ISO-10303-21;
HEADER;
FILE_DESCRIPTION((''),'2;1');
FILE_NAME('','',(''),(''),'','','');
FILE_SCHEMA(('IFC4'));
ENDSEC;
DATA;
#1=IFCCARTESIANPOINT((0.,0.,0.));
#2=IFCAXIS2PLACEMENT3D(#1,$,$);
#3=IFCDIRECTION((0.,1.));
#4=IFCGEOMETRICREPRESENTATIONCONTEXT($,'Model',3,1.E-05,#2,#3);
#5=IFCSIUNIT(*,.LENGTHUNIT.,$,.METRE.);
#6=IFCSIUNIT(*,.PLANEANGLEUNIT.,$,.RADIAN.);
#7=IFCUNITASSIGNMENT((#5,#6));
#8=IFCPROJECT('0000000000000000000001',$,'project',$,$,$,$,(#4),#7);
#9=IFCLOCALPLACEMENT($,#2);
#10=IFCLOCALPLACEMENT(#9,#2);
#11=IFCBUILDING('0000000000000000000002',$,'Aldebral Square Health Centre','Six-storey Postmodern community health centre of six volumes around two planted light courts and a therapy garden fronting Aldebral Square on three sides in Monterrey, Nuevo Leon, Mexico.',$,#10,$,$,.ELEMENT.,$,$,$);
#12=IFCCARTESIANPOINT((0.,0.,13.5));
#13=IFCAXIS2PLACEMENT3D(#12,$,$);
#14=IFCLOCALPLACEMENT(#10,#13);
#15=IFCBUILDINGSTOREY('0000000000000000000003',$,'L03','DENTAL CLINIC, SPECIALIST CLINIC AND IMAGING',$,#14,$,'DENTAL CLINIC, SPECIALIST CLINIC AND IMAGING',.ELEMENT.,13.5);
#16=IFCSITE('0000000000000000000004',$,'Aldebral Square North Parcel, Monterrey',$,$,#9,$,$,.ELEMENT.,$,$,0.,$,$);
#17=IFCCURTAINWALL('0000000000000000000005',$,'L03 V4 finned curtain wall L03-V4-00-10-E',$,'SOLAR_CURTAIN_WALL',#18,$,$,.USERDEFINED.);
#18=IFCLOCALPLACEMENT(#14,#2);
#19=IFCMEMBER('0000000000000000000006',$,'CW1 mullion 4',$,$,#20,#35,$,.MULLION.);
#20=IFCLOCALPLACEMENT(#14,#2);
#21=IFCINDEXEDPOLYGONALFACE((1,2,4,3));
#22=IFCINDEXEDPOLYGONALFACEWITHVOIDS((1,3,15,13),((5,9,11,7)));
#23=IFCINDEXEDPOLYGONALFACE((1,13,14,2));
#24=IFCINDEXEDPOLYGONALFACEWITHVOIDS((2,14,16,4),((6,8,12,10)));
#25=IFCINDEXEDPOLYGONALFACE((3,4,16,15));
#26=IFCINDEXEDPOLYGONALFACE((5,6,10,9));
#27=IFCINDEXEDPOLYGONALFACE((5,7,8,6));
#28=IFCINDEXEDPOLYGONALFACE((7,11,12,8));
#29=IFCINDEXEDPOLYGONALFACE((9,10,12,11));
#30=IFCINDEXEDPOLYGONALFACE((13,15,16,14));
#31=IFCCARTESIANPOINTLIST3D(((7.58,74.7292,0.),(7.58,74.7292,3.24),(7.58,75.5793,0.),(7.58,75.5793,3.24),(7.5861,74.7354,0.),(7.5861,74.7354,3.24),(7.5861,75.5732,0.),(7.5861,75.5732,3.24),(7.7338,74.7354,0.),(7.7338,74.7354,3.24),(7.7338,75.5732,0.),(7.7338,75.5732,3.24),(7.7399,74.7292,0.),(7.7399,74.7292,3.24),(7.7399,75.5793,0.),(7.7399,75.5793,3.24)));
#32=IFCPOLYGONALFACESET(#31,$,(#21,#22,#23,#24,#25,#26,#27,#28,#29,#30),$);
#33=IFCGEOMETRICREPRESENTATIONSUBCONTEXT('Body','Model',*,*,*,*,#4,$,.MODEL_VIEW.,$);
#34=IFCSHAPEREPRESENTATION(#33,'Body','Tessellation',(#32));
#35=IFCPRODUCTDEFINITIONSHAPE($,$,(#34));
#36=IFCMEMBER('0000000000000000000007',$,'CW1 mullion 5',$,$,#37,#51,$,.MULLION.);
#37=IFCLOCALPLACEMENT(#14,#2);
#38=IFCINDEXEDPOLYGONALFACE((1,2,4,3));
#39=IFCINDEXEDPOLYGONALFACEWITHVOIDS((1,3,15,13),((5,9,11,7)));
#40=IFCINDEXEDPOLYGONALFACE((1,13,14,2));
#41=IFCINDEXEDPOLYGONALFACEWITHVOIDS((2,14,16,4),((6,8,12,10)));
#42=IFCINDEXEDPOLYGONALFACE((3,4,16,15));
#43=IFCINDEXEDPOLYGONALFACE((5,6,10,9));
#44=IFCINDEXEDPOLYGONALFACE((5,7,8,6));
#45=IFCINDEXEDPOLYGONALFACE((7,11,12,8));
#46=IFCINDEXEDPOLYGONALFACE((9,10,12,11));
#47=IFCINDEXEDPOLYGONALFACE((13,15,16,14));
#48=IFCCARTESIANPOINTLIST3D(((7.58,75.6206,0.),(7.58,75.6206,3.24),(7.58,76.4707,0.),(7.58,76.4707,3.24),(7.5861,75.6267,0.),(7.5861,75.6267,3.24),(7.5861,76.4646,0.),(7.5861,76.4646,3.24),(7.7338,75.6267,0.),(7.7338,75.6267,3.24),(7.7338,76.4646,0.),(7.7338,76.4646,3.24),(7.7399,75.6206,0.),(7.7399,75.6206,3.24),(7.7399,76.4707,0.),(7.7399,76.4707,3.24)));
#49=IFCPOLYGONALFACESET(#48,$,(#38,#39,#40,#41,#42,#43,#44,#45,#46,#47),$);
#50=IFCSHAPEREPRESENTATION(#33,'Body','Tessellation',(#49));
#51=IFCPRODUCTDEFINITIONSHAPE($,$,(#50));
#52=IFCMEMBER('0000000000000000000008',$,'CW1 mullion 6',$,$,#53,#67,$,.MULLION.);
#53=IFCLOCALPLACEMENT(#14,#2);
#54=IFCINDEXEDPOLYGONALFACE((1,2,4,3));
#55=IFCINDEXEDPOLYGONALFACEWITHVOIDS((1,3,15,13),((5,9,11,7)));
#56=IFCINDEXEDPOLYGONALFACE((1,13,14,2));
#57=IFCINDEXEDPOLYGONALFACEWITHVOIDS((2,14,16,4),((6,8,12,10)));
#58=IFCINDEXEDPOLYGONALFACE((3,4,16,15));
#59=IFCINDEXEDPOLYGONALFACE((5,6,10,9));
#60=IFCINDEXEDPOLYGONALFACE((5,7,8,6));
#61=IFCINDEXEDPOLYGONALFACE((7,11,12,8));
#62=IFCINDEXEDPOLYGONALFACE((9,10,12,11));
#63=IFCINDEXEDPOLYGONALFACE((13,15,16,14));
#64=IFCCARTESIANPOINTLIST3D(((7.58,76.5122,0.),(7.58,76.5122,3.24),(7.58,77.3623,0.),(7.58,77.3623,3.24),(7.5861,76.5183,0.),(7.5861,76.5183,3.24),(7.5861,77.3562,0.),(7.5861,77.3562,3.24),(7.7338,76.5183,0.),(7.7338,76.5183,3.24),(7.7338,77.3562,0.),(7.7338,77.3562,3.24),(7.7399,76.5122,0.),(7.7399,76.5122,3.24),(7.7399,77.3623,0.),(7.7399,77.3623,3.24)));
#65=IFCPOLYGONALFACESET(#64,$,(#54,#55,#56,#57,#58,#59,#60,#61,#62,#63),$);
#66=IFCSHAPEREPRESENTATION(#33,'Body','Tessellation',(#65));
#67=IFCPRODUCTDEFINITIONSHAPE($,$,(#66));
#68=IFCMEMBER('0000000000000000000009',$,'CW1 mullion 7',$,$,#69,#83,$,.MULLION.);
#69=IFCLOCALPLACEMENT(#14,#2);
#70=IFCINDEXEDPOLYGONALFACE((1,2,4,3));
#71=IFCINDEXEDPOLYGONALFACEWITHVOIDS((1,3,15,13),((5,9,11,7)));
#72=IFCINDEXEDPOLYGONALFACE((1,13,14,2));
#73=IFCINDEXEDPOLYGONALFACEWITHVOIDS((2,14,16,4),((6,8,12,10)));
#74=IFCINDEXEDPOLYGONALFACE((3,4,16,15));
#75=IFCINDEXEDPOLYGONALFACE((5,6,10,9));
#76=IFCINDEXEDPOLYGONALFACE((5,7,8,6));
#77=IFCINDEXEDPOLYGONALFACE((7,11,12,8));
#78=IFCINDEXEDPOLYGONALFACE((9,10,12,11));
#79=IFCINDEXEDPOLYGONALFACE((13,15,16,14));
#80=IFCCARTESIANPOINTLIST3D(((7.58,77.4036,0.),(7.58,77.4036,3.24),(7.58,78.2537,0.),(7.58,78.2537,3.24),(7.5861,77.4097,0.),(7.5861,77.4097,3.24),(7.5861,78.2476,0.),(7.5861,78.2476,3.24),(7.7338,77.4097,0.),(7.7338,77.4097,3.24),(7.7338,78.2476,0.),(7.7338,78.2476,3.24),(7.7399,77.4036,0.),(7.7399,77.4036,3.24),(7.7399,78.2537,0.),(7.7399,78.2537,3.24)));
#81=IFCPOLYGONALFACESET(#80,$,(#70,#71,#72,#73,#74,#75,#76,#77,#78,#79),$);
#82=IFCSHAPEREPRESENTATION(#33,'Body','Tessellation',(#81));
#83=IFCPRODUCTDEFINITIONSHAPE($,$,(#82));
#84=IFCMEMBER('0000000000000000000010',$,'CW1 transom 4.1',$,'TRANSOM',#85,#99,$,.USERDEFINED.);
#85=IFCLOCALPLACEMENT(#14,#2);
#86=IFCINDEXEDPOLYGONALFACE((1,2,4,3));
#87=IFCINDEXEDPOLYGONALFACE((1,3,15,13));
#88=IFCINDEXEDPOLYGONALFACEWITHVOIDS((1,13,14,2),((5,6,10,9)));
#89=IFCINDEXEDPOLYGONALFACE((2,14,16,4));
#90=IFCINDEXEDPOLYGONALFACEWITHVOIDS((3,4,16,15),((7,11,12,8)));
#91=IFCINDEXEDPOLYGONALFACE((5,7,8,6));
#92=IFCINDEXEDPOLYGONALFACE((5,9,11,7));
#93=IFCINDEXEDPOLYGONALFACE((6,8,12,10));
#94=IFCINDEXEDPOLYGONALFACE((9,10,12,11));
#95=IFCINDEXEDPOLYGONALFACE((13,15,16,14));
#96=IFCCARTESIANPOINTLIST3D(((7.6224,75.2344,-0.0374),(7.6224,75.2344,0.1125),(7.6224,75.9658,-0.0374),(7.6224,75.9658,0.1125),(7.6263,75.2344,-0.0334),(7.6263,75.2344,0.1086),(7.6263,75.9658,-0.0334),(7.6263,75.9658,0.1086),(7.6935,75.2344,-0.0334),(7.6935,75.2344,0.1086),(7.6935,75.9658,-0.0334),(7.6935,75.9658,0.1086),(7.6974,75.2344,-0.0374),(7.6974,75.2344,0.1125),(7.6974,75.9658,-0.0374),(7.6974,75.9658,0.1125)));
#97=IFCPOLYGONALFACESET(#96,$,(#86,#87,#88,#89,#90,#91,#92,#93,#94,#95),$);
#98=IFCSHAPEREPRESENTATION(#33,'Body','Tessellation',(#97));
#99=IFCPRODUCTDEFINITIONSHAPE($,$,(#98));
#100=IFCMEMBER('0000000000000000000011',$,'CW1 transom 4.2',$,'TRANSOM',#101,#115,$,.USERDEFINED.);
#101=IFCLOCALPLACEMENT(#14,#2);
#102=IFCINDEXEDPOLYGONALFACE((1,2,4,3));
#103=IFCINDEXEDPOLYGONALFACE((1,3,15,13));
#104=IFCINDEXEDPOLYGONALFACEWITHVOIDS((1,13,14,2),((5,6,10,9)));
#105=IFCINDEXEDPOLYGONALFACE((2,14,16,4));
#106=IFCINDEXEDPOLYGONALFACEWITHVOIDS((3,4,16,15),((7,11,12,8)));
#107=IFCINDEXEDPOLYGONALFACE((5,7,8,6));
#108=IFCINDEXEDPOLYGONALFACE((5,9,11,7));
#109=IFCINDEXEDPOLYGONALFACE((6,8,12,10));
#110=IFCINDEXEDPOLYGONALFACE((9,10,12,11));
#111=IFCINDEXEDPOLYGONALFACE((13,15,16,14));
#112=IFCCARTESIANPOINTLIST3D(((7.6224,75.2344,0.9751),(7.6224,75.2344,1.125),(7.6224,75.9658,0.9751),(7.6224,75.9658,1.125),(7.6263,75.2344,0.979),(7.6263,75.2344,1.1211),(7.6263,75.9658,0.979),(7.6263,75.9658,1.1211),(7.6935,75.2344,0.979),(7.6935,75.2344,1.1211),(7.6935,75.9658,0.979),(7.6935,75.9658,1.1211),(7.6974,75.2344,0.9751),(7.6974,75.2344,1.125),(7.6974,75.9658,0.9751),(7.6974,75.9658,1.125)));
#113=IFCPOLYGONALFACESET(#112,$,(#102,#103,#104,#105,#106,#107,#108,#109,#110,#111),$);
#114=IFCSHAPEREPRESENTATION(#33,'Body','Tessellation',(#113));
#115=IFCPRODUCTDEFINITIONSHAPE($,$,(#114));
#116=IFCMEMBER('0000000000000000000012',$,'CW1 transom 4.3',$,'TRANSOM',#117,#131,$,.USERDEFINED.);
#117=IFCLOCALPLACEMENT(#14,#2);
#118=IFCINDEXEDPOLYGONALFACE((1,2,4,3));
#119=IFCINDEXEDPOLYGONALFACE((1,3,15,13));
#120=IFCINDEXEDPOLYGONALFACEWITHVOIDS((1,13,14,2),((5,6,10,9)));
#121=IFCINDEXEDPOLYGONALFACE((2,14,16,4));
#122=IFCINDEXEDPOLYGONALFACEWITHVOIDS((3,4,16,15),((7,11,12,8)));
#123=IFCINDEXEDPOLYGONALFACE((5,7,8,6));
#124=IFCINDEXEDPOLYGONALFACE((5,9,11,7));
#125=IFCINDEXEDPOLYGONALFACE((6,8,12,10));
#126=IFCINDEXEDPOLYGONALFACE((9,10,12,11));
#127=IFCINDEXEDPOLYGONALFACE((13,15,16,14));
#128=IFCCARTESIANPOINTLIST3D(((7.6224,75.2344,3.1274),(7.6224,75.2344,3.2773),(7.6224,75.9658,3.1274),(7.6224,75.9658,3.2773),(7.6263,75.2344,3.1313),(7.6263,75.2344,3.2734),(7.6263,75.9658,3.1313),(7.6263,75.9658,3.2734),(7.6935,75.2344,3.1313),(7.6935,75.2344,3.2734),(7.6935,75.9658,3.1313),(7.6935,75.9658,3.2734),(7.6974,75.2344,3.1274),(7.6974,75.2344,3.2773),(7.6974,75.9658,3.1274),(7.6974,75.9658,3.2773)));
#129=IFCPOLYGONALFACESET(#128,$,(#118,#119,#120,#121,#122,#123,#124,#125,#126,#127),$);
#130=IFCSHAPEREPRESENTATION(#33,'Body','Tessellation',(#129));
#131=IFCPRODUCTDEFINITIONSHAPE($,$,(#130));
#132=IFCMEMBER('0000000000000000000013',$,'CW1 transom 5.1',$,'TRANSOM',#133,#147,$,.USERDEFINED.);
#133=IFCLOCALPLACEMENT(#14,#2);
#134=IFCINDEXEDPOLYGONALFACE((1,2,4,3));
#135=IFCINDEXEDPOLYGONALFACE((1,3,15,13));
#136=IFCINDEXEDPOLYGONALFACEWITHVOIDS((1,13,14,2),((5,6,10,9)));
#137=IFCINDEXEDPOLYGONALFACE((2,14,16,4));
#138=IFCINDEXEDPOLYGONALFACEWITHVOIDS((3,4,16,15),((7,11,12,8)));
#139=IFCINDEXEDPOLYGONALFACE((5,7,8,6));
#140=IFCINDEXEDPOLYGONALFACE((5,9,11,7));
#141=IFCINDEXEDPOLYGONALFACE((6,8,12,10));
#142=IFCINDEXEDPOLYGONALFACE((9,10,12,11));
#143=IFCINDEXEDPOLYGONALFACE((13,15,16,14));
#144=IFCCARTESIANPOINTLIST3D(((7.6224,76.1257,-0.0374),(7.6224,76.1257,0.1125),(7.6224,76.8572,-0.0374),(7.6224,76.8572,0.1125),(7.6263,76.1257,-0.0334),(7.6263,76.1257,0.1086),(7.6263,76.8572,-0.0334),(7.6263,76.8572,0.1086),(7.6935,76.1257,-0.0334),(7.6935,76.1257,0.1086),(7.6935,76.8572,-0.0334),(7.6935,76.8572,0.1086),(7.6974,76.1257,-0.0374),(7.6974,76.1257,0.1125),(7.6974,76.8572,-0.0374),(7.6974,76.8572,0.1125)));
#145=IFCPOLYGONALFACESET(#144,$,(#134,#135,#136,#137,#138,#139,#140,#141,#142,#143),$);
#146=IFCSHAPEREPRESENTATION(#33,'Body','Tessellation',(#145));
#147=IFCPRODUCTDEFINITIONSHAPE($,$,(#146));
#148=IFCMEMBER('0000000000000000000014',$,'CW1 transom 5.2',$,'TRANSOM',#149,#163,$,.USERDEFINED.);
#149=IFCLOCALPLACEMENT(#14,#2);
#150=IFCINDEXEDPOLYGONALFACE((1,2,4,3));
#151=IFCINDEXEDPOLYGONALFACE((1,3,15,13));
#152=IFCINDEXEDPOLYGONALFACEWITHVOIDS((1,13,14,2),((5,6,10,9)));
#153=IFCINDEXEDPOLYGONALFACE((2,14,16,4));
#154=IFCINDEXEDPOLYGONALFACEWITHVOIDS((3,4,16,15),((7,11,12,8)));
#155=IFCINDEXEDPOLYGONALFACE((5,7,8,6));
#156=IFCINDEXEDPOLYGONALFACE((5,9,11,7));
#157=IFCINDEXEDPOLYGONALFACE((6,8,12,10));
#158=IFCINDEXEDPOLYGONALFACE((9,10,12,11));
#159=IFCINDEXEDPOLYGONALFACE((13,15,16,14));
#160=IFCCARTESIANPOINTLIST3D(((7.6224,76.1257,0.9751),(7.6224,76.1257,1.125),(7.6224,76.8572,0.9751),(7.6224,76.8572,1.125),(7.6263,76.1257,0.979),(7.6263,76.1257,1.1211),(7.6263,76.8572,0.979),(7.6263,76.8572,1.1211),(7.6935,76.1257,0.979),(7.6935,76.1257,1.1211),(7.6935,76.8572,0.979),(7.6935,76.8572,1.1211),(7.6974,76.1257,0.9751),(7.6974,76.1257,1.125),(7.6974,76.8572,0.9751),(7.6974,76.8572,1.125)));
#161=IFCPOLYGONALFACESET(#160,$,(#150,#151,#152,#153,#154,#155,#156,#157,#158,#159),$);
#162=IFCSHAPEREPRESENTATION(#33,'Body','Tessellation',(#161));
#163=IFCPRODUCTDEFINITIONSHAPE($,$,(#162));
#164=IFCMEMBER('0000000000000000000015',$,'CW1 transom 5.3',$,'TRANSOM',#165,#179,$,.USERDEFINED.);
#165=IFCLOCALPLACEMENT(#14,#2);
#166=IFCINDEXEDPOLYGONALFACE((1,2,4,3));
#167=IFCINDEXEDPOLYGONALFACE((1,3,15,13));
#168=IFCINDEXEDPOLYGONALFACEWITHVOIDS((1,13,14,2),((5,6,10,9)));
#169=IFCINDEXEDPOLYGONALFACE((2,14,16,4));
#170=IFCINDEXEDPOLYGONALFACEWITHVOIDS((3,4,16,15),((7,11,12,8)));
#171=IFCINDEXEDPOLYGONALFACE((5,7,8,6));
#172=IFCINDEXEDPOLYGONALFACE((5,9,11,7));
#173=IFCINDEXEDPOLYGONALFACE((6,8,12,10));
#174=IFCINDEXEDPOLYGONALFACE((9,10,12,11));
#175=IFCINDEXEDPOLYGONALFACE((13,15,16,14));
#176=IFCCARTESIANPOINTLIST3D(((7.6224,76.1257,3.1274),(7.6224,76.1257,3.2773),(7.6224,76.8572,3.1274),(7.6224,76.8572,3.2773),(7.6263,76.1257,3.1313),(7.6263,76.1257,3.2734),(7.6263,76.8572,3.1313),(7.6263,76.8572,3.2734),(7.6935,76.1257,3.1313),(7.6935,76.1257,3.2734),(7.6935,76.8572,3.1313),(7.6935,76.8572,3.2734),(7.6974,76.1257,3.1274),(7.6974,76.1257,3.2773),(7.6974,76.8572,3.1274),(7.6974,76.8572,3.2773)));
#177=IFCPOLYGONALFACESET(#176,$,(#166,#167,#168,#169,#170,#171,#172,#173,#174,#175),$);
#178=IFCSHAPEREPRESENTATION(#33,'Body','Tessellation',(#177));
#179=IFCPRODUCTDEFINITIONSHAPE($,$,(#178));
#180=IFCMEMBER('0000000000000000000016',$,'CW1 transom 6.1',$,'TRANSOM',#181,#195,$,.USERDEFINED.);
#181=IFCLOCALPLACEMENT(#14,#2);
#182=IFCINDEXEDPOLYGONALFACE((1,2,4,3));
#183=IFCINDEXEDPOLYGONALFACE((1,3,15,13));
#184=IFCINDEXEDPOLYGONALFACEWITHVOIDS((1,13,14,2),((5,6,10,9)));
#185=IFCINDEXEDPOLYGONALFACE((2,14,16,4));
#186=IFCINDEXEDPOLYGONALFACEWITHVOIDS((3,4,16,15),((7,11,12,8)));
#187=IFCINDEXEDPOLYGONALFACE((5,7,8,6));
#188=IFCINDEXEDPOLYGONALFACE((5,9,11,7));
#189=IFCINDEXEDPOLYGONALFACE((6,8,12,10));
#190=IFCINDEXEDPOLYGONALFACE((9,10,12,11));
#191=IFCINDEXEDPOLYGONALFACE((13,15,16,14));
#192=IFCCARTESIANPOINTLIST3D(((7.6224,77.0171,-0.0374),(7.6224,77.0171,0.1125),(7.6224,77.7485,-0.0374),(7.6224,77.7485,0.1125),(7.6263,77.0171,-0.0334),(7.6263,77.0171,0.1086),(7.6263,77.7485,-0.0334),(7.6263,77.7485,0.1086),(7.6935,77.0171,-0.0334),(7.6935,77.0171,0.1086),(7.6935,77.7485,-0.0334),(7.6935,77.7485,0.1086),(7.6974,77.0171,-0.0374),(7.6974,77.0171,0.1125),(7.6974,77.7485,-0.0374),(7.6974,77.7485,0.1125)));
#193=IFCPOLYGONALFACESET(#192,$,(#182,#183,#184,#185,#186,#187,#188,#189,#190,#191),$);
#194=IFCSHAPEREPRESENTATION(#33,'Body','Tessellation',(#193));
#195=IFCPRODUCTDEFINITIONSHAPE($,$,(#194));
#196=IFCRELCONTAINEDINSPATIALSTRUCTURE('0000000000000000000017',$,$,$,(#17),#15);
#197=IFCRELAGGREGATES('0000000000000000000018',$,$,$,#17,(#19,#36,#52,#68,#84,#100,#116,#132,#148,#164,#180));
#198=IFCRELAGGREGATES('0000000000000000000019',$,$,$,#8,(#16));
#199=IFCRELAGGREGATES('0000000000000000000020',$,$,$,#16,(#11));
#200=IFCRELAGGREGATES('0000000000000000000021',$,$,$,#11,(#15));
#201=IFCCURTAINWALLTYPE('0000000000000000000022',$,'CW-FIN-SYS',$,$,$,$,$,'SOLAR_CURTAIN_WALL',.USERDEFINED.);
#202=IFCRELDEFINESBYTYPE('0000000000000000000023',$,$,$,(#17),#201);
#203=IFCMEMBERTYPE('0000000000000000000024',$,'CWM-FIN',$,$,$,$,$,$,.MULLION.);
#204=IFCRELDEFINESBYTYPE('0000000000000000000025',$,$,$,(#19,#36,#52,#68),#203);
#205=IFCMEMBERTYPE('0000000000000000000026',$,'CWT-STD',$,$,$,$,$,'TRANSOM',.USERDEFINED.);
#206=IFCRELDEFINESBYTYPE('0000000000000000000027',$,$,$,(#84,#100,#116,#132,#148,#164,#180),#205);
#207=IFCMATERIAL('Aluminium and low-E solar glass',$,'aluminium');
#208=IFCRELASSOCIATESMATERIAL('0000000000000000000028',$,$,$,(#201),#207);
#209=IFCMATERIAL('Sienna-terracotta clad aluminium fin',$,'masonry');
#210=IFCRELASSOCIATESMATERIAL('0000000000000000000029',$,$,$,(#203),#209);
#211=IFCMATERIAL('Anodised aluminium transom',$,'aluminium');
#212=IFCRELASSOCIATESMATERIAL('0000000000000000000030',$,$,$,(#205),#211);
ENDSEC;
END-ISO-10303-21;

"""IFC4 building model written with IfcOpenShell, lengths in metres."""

from ifc_helpers import new_model, si_unit, direction, frame, origin, origin_2d, place, context, subcontext, project, spatial, hollow_rectangle, extrude, material, material_profile, profile_set, type_object, element, aggregate, save


model = new_model("IFC4")

# Units and contexts
model_context = context("Model", 3, precision=1e-05, world=origin(), true_north=direction((0.0, 1.0)))
body_context = subcontext(model_context, "Body", "Model", "MODEL_VIEW")
ifc_project = project(units=[si_unit("LENGTHUNIT", "METRE"), si_unit("PLANEANGLEUNIT", "RADIAN")], contexts=[model_context])

# Site, building, storey
site_placement = place(None, origin())
site = spatial("IfcSite", under=ifc_project, at=site_placement, Name="Aldebral Square North Parcel, Monterrey", CompositionType="ELEMENT", RefElevation=0.0)
building_placement = place(site_placement, origin())
building = spatial("IfcBuilding", under=site, at=building_placement, Name="Aldebral Square Health Centre", Description="Six-storey Postmodern community health centre of six volumes around two planted light courts and a therapy garden fronting Aldebral Square on three sides in Monterrey, Nuevo Leon, Mexico.", CompositionType="ELEMENT")
storey_placement = place(building_placement, frame((0.0, 0.0, 13.5)))
storey = spatial("IfcBuildingStorey", under=building, at=storey_placement, Name="L03", Description="DENTAL CLINIC, SPECIALIST CLINIC AND IMAGING", LongName="DENTAL CLINIC, SPECIALIST CLINIC AND IMAGING", CompositionType="ELEMENT", Elevation=13.5)

# Curtain wall, members
ifc_material_1 = material(Name="Aluminium and low-E solar glass", Category="aluminium")
curtain_wall_type = type_object("IfcCurtainWallType", Name="CW-FIN-SYS", ElementType="SOLAR_CURTAIN_WALL", PredefinedType="USERDEFINED", material=ifc_material_1)
curtain_wall_1_placement = place(storey_placement, origin())
curtain_wall_1 = element("IfcCurtainWall", 1, at=curtain_wall_1_placement, inside=storey, type_object=curtain_wall_type, Name="L03 V4 finned curtain wall L03-V4-00-10-E", ObjectType="SOLAR_CURTAIN_WALL", PredefinedType="USERDEFINED")
ifc_material_2 = material(Name="Sienna-terracotta clad aluminium fin", Category="masonry")
ifc_material_profile_1 = material_profile(ifc_material_2, hollow_rectangle(XDim=0.1599, YDim=0.8501, WallThickness=0.0061, at=origin_2d()), Name="FIN 160x850x6")
ifc_profile_set_1 = profile_set([ifc_material_profile_1], Name="Sienna-terracotta clad aluminium fin")
member_type_1 = type_object("IfcMemberType", Name="CWM-FIN", PredefinedType="MULLION", material=ifc_profile_set_1)
member_1_placement = place(storey_placement, frame((7.6599, 75.1543, 0.0), z_axis=(0.0, 0.0, 1.0), x_axis=(-1.0, 0.0, 0.0)))
member_1 = element("IfcMember", 2, at=member_1_placement, type_object=member_type_1, Name="CW1 mullion 4", PredefinedType="MULLION", context=body_context, shape_type="SweptSolid", body=[
    extrude(hollow_rectangle(XDim=0.1599, YDim=0.8501, WallThickness=0.0061, at=origin_2d()), origin(), (0.0, 0.0, 1.0), 3.24),
])
member_2_placement = place(storey_placement, frame((7.6599, 76.0457, 0.0), z_axis=(0.0, 0.0, 1.0), x_axis=(-1.0, 0.0, 0.0)))
member_2 = element("IfcMember", 3, at=member_2_placement, type_object=member_type_1, Name="CW1 mullion 5", PredefinedType="MULLION", context=body_context, shape_type="SweptSolid", body=[
    extrude(hollow_rectangle(XDim=0.1599, YDim=0.8501, WallThickness=0.0061, at=origin_2d()), origin(), (0.0, 0.0, 1.0), 3.24),
])
member_3_placement = place(storey_placement, frame((7.6599, 76.9373, 0.0), z_axis=(0.0, 0.0, 1.0), x_axis=(-1.0, 0.0, 0.0)))
member_3 = element("IfcMember", 4, at=member_3_placement, type_object=member_type_1, Name="CW1 mullion 6", PredefinedType="MULLION", context=body_context, shape_type="SweptSolid", body=[
    extrude(hollow_rectangle(XDim=0.1599, YDim=0.8501, WallThickness=0.0061, at=origin_2d()), origin(), (0.0, 0.0, 1.0), 3.24),
])
member_4_placement = place(storey_placement, frame((7.6599, 77.8286, 0.0), z_axis=(0.0, 0.0, 1.0), x_axis=(-1.0, 0.0, 0.0)))
member_4 = element("IfcMember", 5, at=member_4_placement, type_object=member_type_1, Name="CW1 mullion 7", PredefinedType="MULLION", context=body_context, shape_type="SweptSolid", body=[
    extrude(hollow_rectangle(XDim=0.1599, YDim=0.8501, WallThickness=0.0061, at=origin_2d()), origin(), (0.0, 0.0, 1.0), 3.24),
])
ifc_material_3 = material(Name="Anodised aluminium transom", Category="aluminium")
ifc_material_profile_2 = material_profile(ifc_material_3, hollow_rectangle(XDim=0.075, YDim=0.1499, WallThickness=0.0039, at=origin_2d()), Name="CWT 75x150x4")
ifc_profile_set_2 = profile_set([ifc_material_profile_2], Name="Anodised aluminium transom")
member_type_2 = type_object("IfcMemberType", Name="CWT-STD", ElementType="TRANSOM", PredefinedType="USERDEFINED", material=ifc_profile_set_2)
member_5_placement = place(storey_placement, frame((7.6599, 75.2344, 0.0376), z_axis=(0.0, 1.0, 0.0), x_axis=(-1.0, 0.0, 0.0)))
member_5 = element("IfcMember", 6, at=member_5_placement, type_object=member_type_2, Name="CW1 transom 4.1", ObjectType="TRANSOM", PredefinedType="USERDEFINED", context=body_context, shape_type="SweptSolid", body=[
    extrude(hollow_rectangle(XDim=0.075, YDim=0.1499, WallThickness=0.0039, at=origin_2d()), origin(), (0.0, 0.0, 1.0), 0.7314),
])
member_6_placement = place(storey_placement, frame((7.6599, 75.2344, 1.05), z_axis=(0.0, 1.0, 0.0), x_axis=(-1.0, 0.0, 0.0)))
member_6 = element("IfcMember", 7, at=member_6_placement, type_object=member_type_2, Name="CW1 transom 4.2", ObjectType="TRANSOM", PredefinedType="USERDEFINED", context=body_context, shape_type="SweptSolid", body=[
    extrude(hollow_rectangle(XDim=0.075, YDim=0.1499, WallThickness=0.0039, at=origin_2d()), origin(), (0.0, 0.0, 1.0), 0.7314),
])
member_7_placement = place(storey_placement, frame((7.6599, 75.2344, 3.2024), z_axis=(0.0, 1.0, 0.0), x_axis=(-1.0, 0.0, 0.0)))
member_7 = element("IfcMember", 8, at=member_7_placement, type_object=member_type_2, Name="CW1 transom 4.3", ObjectType="TRANSOM", PredefinedType="USERDEFINED", context=body_context, shape_type="SweptSolid", body=[
    extrude(hollow_rectangle(XDim=0.075, YDim=0.1499, WallThickness=0.0039, at=origin_2d()), origin(), (0.0, 0.0, 1.0), 0.7314),
])
member_8_placement = place(storey_placement, frame((7.6599, 76.1257, 0.0376), z_axis=(0.0, 1.0, 0.0), x_axis=(-1.0, 0.0, 0.0)))
member_8 = element("IfcMember", 9, at=member_8_placement, type_object=member_type_2, Name="CW1 transom 5.1", ObjectType="TRANSOM", PredefinedType="USERDEFINED", context=body_context, shape_type="SweptSolid", body=[
    extrude(hollow_rectangle(XDim=0.075, YDim=0.1499, WallThickness=0.0039, at=origin_2d()), origin(), (0.0, 0.0, 1.0), 0.7314),
])
member_9_placement = place(storey_placement, frame((7.6599, 76.1257, 1.05), z_axis=(0.0, 1.0, 0.0), x_axis=(-1.0, 0.0, 0.0)))
member_9 = element("IfcMember", 10, at=member_9_placement, type_object=member_type_2, Name="CW1 transom 5.2", ObjectType="TRANSOM", PredefinedType="USERDEFINED", context=body_context, shape_type="SweptSolid", body=[
    extrude(hollow_rectangle(XDim=0.075, YDim=0.1499, WallThickness=0.0039, at=origin_2d()), origin(), (0.0, 0.0, 1.0), 0.7314),
])
member_10_placement = place(storey_placement, frame((7.6599, 76.1257, 3.2024), z_axis=(0.0, 1.0, 0.0), x_axis=(-1.0, 0.0, 0.0)))
member_10 = element("IfcMember", 11, at=member_10_placement, type_object=member_type_2, Name="CW1 transom 5.3", ObjectType="TRANSOM", PredefinedType="USERDEFINED", context=body_context, shape_type="SweptSolid", body=[
    extrude(hollow_rectangle(XDim=0.075, YDim=0.1499, WallThickness=0.0039, at=origin_2d()), origin(), (0.0, 0.0, 1.0), 0.7314),
])
member_11_placement = place(storey_placement, frame((7.6599, 77.0171, 0.0376), z_axis=(0.0, 1.0, 0.0), x_axis=(-1.0, 0.0, 0.0)))
member_11 = element("IfcMember", 12, at=member_11_placement, type_object=member_type_2, Name="CW1 transom 6.1", ObjectType="TRANSOM", PredefinedType="USERDEFINED", context=body_context, shape_type="SweptSolid", body=[
    extrude(hollow_rectangle(XDim=0.075, YDim=0.1499, WallThickness=0.0039, at=origin_2d()), origin(), (0.0, 0.0, 1.0), 0.7314),
])
aggregate(curtain_wall_1, [member_1, member_2, member_3, member_4, member_5, member_6, member_7, member_8, member_9, member_10, member_11])

save(model, "model.ifc")
